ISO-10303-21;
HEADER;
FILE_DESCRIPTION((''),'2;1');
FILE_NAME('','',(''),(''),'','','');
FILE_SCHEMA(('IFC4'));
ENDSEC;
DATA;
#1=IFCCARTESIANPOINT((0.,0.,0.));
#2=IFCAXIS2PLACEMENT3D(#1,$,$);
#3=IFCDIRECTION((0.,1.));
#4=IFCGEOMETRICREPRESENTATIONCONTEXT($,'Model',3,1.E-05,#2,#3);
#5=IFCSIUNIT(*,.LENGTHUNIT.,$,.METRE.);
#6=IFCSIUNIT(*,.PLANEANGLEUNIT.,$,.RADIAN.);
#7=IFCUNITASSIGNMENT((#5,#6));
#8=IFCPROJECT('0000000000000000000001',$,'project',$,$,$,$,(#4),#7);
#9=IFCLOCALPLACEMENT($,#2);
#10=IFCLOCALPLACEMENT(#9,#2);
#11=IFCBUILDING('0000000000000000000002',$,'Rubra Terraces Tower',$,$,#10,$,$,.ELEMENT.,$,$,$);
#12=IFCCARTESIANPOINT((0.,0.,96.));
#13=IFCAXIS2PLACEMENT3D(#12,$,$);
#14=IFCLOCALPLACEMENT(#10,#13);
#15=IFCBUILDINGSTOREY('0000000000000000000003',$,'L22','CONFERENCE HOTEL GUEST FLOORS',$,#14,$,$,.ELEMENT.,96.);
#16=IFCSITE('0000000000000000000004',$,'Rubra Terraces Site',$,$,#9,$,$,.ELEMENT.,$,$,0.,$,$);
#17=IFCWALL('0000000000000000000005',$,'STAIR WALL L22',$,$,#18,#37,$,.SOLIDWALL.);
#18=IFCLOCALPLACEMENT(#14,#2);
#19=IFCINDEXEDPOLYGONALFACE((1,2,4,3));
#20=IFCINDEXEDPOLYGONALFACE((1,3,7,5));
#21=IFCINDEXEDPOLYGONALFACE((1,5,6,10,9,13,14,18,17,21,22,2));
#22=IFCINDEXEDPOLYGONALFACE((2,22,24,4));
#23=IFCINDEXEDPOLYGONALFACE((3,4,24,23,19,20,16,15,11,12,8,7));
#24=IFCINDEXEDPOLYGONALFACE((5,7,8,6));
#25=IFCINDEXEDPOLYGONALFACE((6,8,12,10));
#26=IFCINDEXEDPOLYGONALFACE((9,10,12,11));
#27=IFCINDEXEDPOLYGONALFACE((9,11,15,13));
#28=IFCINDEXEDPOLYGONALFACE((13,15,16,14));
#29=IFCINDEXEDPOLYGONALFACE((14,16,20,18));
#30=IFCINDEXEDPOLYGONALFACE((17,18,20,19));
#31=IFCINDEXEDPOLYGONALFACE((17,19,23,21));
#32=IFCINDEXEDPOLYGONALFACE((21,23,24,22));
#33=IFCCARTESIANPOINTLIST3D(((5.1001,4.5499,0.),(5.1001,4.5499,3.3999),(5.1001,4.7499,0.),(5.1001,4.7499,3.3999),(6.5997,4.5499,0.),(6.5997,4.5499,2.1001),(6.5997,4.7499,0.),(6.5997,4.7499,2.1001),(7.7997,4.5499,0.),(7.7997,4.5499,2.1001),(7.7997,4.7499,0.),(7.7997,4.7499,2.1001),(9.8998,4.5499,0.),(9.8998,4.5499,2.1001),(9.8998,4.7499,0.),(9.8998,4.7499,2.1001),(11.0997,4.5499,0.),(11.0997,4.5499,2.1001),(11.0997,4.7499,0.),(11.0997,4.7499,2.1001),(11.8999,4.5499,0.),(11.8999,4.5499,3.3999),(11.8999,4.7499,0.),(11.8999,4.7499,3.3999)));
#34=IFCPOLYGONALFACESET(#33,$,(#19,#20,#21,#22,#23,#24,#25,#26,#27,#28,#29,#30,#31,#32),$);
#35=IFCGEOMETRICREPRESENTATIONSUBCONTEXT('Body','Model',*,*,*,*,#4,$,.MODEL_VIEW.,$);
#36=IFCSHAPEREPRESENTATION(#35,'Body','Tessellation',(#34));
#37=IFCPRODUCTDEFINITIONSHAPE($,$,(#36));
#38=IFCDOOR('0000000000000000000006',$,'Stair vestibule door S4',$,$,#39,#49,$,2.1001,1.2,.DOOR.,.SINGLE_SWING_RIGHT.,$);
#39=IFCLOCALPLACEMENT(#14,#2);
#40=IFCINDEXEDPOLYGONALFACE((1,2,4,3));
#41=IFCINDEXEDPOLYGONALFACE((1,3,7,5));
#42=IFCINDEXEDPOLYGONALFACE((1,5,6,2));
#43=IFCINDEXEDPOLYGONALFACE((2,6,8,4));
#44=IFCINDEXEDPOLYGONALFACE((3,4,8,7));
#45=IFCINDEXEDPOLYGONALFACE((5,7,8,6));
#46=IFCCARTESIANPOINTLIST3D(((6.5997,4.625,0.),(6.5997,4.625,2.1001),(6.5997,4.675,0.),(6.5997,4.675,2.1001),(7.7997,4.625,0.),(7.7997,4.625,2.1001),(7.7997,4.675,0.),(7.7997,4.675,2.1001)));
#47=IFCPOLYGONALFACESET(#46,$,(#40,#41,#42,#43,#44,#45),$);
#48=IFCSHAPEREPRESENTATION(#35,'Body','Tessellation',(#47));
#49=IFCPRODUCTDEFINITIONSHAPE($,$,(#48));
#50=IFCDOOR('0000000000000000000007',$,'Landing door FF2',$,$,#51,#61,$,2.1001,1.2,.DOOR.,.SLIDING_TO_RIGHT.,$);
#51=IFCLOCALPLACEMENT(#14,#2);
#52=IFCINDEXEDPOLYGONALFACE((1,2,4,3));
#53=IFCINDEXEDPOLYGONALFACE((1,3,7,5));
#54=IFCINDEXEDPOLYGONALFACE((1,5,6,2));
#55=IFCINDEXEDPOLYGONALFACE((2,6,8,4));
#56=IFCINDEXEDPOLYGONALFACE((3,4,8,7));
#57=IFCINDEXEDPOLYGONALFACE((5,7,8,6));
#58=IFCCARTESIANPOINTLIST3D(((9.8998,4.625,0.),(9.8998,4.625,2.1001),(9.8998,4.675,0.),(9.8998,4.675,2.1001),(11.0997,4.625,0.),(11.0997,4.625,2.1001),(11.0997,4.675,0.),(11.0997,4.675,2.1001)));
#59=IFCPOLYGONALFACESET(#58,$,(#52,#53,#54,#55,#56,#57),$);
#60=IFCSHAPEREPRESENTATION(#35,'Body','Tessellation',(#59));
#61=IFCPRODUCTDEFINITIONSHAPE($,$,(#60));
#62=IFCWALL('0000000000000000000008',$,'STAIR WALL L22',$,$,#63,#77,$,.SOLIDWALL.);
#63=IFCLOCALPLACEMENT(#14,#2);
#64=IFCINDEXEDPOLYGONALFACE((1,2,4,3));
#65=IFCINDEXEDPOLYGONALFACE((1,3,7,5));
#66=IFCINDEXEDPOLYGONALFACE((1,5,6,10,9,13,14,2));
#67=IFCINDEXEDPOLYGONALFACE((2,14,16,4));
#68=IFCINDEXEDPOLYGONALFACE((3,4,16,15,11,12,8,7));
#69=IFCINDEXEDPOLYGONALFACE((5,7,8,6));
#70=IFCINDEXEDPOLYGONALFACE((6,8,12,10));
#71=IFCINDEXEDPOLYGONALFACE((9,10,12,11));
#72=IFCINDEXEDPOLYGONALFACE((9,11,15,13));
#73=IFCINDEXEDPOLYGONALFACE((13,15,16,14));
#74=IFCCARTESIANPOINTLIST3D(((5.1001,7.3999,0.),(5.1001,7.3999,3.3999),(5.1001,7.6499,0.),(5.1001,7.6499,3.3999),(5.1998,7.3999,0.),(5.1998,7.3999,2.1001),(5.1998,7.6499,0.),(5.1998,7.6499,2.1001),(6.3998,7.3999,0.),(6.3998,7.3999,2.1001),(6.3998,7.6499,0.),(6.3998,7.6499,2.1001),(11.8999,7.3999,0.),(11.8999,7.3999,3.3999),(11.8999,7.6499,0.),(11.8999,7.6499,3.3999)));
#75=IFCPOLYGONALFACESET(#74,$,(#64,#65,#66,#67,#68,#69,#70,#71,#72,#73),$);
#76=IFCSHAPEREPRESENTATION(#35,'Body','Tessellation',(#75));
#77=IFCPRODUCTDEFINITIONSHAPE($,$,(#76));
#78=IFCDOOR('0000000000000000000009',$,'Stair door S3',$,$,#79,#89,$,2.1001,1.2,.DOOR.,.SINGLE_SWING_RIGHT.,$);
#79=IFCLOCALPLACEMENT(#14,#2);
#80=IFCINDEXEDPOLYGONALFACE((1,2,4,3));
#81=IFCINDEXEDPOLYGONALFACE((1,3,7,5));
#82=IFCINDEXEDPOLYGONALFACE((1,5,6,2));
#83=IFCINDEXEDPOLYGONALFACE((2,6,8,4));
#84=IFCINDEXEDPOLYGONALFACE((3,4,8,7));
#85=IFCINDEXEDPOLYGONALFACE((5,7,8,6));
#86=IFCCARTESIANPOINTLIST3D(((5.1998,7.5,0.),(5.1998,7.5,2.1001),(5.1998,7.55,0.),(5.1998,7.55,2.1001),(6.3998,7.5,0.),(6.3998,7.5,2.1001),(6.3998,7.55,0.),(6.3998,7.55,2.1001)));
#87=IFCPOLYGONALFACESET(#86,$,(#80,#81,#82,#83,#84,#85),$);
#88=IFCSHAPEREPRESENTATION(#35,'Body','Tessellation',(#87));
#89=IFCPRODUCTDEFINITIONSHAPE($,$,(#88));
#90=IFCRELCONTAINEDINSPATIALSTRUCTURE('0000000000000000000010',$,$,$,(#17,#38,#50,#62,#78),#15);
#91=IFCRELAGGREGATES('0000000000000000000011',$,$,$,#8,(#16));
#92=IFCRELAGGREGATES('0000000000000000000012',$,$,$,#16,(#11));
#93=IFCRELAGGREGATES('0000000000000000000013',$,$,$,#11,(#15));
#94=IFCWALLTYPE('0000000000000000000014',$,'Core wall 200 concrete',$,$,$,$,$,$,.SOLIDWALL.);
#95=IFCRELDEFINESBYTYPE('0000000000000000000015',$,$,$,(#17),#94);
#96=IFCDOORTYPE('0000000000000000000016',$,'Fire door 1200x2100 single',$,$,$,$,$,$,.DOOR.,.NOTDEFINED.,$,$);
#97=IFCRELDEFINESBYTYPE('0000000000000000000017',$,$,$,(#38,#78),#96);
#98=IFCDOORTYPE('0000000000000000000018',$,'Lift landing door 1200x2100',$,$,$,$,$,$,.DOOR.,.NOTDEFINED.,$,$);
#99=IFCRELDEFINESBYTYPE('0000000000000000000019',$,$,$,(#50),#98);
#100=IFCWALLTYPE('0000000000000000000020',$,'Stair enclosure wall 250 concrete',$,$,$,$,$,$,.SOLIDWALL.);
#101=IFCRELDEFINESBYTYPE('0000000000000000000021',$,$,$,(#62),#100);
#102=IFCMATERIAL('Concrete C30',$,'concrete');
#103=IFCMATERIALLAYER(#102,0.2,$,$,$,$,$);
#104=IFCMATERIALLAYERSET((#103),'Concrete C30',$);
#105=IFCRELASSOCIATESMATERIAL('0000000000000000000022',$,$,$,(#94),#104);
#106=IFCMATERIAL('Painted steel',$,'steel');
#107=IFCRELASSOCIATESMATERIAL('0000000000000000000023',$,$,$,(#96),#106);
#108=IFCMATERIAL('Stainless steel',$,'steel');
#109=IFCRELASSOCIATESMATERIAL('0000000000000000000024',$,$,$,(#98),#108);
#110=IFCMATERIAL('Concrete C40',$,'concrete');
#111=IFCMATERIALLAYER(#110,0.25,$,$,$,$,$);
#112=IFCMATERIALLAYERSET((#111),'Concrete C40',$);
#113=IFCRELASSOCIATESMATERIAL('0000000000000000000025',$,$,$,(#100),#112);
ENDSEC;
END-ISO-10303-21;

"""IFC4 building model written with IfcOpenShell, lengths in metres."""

from ifc_helpers import new_model, si_unit, direction, frame, frame_2d, origin, place, context, subcontext, project, spatial, rectangle, extrude, material, layer, layer_set, type_object, element, fill, save


model = new_model("IFC4")

# Units and contexts
model_context = context("Model", 3, precision=1e-05, world=origin(), true_north=direction((0.0, 1.0)))
body_context = subcontext(model_context, "Body", "Model", "MODEL_VIEW")
ifc_project = project(units=[si_unit("LENGTHUNIT", "METRE"), si_unit("PLANEANGLEUNIT", "RADIAN")], contexts=[model_context])

# Site, building, storey
site_placement = place(None, origin())
site = spatial("IfcSite", under=ifc_project, at=site_placement, Name="Rubra Terraces Site", CompositionType="ELEMENT", RefElevation=0.0)
building_placement = place(site_placement, origin())
building = spatial("IfcBuilding", under=site, at=building_placement, Name="Rubra Terraces Tower", CompositionType="ELEMENT")
storey_placement = place(building_placement, frame((0.0, 0.0, 96.0)))
storey = spatial("IfcBuildingStorey", under=building, at=storey_placement, Name="L22", Description="CONFERENCE HOTEL GUEST FLOORS", CompositionType="ELEMENT", Elevation=96.0)

# Wall, openings, doors
ifc_material_1 = material(Name="Concrete C30", Category="concrete")
ifc_layer_1 = layer(ifc_material_1, 0.2)
ifc_layer_set_1 = layer_set([ifc_layer_1], Name="Concrete C30")
wall_type_1 = type_object("IfcWallType", Name="Core wall 200 concrete", PredefinedType="SOLIDWALL", material=ifc_layer_set_1)
wall_1_placement = place(storey_placement, frame((11.8999, 4.6499, 0.0), z_axis=(0.0, 0.0, 1.0), x_axis=(-1.0, 0.0, 0.0)))
wall_1 = element("IfcWall", 1, at=wall_1_placement, inside=storey, type_object=wall_type_1, Name="STAIR WALL L22", PredefinedType="SOLIDWALL", context=body_context, shape_type="SweptSolid", body=[
    extrude(rectangle(XDim=6.7998, YDim=0.2, at=frame_2d((3.3999, 0.0))), origin(), (0.0, 0.0, 1.0), 3.3999),
])
opening_1_placement = place(wall_1_placement, frame((4.1001, 0.0, 0.0)))
opening_1 = element("IfcOpeningElement", 2, at=opening_1_placement, cuts=wall_1, PredefinedType="OPENING", context=body_context, shape_type="SweptSolid", body=[
    extrude(rectangle(XDim=1.2, YDim=2.1001, at=frame_2d((0.6001, 1.05))), frame((0.0, 0.1099, 0.0), z_axis=(0.0, -1.0, 0.0), x_axis=(1.0, 0.0, 0.0)), (0.0, 0.0, 1.0), 0.22),
])
opening_2_placement = place(wall_1_placement, frame((0.8, 0.0, 0.0)))
opening_2 = element("IfcOpeningElement", 3, at=opening_2_placement, cuts=wall_1, PredefinedType="OPENING", context=body_context, shape_type="SweptSolid", body=[
    extrude(rectangle(XDim=1.2, YDim=2.1001, at=frame_2d((0.6001, 1.05))), frame((0.0, 0.1099, 0.0), z_axis=(0.0, -1.0, 0.0), x_axis=(1.0, 0.0, 0.0)), (0.0, 0.0, 1.0), 0.22),
])
ifc_material_2 = material(Name="Painted steel", Category="steel")
door_type_1 = type_object("IfcDoorType", Name="Fire door 1200x2100 single", OperationType="NOTDEFINED", PredefinedType="DOOR", material=ifc_material_2)
door_1_placement = place(opening_1_placement, origin())
door_1 = element("IfcDoor", 4, at=door_1_placement, inside=storey, type_object=door_type_1, Name="Stair vestibule door S4", OperationType="SINGLE_SWING_RIGHT", OverallHeight=2.1001, OverallWidth=1.2, PredefinedType="DOOR", context=body_context, shape_type="SweptSolid", body=[
    extrude(rectangle(XDim=1.2, YDim=2.1001, at=frame_2d((0.6001, 1.05))), frame((0.0, 0.0249, 0.0), z_axis=(0.0, -1.0, 0.0), x_axis=(1.0, 0.0, 0.0)), (0.0, 0.0, 1.0), 0.05),
])
fill(opening_1, door_1)
ifc_material_3 = material(Name="Stainless steel", Category="steel")
door_type_2 = type_object("IfcDoorType", Name="Lift landing door 1200x2100", OperationType="NOTDEFINED", PredefinedType="DOOR", material=ifc_material_3)
door_2_placement = place(opening_2_placement, origin())
door_2 = element("IfcDoor", 5, at=door_2_placement, inside=storey, type_object=door_type_2, Name="Landing door FF2", OperationType="SLIDING_TO_RIGHT", OverallHeight=2.1001, OverallWidth=1.2, PredefinedType="DOOR", context=body_context, shape_type="SweptSolid", body=[
    extrude(rectangle(XDim=1.2, YDim=2.1001, at=frame_2d((0.6001, 1.05))), frame((0.0, 0.0249, 0.0), z_axis=(0.0, -1.0, 0.0), x_axis=(1.0, 0.0, 0.0)), (0.0, 0.0, 1.0), 0.05),
])
fill(opening_2, door_2)

# Wall, opening, door
ifc_material_4 = material(Name="Concrete C40", Category="concrete")
ifc_layer_2 = layer(ifc_material_4, 0.25)
ifc_layer_set_2 = layer_set([ifc_layer_2], Name="Concrete C40")
wall_type_2 = type_object("IfcWallType", Name="Stair enclosure wall 250 concrete", PredefinedType="SOLIDWALL", material=ifc_layer_set_2)
wall_2_placement = place(storey_placement, frame((11.8999, 7.5249, 0.0), z_axis=(0.0, 0.0, 1.0), x_axis=(-1.0, 0.0, 0.0)))
wall_2 = element("IfcWall", 6, at=wall_2_placement, inside=storey, type_object=wall_type_2, Name="STAIR WALL L22", PredefinedType="SOLIDWALL", context=body_context, shape_type="SweptSolid", body=[
    extrude(rectangle(XDim=6.7998, YDim=0.25, at=frame_2d((3.3999, 0.0))), origin(), (0.0, 0.0, 1.0), 3.3999),
])
opening_3_placement = place(wall_2_placement, frame((5.5, 0.0, 0.0)))
opening_3 = element("IfcOpeningElement", 7, at=opening_3_placement, cuts=wall_2, PredefinedType="OPENING", context=body_context, shape_type="SweptSolid", body=[
    extrude(rectangle(XDim=1.2, YDim=2.1001, at=frame_2d((0.6001, 1.05))), frame((0.0, 0.135, 0.0), z_axis=(0.0, -1.0, 0.0), x_axis=(1.0, 0.0, 0.0)), (0.0, 0.0, 1.0), 0.27),
])
door_3_placement = place(opening_3_placement, origin())
door_3 = element("IfcDoor", 8, at=door_3_placement, inside=storey, type_object=door_type_1, Name="Stair door S3", OperationType="SINGLE_SWING_RIGHT", OverallHeight=2.1001, OverallWidth=1.2, PredefinedType="DOOR", context=body_context, shape_type="SweptSolid", body=[
    extrude(rectangle(XDim=1.2, YDim=2.1001, at=frame_2d((0.6001, 1.05))), frame((0.0, 0.0249, 0.0), z_axis=(0.0, -1.0, 0.0), x_axis=(1.0, 0.0, 0.0)), (0.0, 0.0, 1.0), 0.05),
])
fill(opening_3, door_3)

save(model, "model.ifc")
